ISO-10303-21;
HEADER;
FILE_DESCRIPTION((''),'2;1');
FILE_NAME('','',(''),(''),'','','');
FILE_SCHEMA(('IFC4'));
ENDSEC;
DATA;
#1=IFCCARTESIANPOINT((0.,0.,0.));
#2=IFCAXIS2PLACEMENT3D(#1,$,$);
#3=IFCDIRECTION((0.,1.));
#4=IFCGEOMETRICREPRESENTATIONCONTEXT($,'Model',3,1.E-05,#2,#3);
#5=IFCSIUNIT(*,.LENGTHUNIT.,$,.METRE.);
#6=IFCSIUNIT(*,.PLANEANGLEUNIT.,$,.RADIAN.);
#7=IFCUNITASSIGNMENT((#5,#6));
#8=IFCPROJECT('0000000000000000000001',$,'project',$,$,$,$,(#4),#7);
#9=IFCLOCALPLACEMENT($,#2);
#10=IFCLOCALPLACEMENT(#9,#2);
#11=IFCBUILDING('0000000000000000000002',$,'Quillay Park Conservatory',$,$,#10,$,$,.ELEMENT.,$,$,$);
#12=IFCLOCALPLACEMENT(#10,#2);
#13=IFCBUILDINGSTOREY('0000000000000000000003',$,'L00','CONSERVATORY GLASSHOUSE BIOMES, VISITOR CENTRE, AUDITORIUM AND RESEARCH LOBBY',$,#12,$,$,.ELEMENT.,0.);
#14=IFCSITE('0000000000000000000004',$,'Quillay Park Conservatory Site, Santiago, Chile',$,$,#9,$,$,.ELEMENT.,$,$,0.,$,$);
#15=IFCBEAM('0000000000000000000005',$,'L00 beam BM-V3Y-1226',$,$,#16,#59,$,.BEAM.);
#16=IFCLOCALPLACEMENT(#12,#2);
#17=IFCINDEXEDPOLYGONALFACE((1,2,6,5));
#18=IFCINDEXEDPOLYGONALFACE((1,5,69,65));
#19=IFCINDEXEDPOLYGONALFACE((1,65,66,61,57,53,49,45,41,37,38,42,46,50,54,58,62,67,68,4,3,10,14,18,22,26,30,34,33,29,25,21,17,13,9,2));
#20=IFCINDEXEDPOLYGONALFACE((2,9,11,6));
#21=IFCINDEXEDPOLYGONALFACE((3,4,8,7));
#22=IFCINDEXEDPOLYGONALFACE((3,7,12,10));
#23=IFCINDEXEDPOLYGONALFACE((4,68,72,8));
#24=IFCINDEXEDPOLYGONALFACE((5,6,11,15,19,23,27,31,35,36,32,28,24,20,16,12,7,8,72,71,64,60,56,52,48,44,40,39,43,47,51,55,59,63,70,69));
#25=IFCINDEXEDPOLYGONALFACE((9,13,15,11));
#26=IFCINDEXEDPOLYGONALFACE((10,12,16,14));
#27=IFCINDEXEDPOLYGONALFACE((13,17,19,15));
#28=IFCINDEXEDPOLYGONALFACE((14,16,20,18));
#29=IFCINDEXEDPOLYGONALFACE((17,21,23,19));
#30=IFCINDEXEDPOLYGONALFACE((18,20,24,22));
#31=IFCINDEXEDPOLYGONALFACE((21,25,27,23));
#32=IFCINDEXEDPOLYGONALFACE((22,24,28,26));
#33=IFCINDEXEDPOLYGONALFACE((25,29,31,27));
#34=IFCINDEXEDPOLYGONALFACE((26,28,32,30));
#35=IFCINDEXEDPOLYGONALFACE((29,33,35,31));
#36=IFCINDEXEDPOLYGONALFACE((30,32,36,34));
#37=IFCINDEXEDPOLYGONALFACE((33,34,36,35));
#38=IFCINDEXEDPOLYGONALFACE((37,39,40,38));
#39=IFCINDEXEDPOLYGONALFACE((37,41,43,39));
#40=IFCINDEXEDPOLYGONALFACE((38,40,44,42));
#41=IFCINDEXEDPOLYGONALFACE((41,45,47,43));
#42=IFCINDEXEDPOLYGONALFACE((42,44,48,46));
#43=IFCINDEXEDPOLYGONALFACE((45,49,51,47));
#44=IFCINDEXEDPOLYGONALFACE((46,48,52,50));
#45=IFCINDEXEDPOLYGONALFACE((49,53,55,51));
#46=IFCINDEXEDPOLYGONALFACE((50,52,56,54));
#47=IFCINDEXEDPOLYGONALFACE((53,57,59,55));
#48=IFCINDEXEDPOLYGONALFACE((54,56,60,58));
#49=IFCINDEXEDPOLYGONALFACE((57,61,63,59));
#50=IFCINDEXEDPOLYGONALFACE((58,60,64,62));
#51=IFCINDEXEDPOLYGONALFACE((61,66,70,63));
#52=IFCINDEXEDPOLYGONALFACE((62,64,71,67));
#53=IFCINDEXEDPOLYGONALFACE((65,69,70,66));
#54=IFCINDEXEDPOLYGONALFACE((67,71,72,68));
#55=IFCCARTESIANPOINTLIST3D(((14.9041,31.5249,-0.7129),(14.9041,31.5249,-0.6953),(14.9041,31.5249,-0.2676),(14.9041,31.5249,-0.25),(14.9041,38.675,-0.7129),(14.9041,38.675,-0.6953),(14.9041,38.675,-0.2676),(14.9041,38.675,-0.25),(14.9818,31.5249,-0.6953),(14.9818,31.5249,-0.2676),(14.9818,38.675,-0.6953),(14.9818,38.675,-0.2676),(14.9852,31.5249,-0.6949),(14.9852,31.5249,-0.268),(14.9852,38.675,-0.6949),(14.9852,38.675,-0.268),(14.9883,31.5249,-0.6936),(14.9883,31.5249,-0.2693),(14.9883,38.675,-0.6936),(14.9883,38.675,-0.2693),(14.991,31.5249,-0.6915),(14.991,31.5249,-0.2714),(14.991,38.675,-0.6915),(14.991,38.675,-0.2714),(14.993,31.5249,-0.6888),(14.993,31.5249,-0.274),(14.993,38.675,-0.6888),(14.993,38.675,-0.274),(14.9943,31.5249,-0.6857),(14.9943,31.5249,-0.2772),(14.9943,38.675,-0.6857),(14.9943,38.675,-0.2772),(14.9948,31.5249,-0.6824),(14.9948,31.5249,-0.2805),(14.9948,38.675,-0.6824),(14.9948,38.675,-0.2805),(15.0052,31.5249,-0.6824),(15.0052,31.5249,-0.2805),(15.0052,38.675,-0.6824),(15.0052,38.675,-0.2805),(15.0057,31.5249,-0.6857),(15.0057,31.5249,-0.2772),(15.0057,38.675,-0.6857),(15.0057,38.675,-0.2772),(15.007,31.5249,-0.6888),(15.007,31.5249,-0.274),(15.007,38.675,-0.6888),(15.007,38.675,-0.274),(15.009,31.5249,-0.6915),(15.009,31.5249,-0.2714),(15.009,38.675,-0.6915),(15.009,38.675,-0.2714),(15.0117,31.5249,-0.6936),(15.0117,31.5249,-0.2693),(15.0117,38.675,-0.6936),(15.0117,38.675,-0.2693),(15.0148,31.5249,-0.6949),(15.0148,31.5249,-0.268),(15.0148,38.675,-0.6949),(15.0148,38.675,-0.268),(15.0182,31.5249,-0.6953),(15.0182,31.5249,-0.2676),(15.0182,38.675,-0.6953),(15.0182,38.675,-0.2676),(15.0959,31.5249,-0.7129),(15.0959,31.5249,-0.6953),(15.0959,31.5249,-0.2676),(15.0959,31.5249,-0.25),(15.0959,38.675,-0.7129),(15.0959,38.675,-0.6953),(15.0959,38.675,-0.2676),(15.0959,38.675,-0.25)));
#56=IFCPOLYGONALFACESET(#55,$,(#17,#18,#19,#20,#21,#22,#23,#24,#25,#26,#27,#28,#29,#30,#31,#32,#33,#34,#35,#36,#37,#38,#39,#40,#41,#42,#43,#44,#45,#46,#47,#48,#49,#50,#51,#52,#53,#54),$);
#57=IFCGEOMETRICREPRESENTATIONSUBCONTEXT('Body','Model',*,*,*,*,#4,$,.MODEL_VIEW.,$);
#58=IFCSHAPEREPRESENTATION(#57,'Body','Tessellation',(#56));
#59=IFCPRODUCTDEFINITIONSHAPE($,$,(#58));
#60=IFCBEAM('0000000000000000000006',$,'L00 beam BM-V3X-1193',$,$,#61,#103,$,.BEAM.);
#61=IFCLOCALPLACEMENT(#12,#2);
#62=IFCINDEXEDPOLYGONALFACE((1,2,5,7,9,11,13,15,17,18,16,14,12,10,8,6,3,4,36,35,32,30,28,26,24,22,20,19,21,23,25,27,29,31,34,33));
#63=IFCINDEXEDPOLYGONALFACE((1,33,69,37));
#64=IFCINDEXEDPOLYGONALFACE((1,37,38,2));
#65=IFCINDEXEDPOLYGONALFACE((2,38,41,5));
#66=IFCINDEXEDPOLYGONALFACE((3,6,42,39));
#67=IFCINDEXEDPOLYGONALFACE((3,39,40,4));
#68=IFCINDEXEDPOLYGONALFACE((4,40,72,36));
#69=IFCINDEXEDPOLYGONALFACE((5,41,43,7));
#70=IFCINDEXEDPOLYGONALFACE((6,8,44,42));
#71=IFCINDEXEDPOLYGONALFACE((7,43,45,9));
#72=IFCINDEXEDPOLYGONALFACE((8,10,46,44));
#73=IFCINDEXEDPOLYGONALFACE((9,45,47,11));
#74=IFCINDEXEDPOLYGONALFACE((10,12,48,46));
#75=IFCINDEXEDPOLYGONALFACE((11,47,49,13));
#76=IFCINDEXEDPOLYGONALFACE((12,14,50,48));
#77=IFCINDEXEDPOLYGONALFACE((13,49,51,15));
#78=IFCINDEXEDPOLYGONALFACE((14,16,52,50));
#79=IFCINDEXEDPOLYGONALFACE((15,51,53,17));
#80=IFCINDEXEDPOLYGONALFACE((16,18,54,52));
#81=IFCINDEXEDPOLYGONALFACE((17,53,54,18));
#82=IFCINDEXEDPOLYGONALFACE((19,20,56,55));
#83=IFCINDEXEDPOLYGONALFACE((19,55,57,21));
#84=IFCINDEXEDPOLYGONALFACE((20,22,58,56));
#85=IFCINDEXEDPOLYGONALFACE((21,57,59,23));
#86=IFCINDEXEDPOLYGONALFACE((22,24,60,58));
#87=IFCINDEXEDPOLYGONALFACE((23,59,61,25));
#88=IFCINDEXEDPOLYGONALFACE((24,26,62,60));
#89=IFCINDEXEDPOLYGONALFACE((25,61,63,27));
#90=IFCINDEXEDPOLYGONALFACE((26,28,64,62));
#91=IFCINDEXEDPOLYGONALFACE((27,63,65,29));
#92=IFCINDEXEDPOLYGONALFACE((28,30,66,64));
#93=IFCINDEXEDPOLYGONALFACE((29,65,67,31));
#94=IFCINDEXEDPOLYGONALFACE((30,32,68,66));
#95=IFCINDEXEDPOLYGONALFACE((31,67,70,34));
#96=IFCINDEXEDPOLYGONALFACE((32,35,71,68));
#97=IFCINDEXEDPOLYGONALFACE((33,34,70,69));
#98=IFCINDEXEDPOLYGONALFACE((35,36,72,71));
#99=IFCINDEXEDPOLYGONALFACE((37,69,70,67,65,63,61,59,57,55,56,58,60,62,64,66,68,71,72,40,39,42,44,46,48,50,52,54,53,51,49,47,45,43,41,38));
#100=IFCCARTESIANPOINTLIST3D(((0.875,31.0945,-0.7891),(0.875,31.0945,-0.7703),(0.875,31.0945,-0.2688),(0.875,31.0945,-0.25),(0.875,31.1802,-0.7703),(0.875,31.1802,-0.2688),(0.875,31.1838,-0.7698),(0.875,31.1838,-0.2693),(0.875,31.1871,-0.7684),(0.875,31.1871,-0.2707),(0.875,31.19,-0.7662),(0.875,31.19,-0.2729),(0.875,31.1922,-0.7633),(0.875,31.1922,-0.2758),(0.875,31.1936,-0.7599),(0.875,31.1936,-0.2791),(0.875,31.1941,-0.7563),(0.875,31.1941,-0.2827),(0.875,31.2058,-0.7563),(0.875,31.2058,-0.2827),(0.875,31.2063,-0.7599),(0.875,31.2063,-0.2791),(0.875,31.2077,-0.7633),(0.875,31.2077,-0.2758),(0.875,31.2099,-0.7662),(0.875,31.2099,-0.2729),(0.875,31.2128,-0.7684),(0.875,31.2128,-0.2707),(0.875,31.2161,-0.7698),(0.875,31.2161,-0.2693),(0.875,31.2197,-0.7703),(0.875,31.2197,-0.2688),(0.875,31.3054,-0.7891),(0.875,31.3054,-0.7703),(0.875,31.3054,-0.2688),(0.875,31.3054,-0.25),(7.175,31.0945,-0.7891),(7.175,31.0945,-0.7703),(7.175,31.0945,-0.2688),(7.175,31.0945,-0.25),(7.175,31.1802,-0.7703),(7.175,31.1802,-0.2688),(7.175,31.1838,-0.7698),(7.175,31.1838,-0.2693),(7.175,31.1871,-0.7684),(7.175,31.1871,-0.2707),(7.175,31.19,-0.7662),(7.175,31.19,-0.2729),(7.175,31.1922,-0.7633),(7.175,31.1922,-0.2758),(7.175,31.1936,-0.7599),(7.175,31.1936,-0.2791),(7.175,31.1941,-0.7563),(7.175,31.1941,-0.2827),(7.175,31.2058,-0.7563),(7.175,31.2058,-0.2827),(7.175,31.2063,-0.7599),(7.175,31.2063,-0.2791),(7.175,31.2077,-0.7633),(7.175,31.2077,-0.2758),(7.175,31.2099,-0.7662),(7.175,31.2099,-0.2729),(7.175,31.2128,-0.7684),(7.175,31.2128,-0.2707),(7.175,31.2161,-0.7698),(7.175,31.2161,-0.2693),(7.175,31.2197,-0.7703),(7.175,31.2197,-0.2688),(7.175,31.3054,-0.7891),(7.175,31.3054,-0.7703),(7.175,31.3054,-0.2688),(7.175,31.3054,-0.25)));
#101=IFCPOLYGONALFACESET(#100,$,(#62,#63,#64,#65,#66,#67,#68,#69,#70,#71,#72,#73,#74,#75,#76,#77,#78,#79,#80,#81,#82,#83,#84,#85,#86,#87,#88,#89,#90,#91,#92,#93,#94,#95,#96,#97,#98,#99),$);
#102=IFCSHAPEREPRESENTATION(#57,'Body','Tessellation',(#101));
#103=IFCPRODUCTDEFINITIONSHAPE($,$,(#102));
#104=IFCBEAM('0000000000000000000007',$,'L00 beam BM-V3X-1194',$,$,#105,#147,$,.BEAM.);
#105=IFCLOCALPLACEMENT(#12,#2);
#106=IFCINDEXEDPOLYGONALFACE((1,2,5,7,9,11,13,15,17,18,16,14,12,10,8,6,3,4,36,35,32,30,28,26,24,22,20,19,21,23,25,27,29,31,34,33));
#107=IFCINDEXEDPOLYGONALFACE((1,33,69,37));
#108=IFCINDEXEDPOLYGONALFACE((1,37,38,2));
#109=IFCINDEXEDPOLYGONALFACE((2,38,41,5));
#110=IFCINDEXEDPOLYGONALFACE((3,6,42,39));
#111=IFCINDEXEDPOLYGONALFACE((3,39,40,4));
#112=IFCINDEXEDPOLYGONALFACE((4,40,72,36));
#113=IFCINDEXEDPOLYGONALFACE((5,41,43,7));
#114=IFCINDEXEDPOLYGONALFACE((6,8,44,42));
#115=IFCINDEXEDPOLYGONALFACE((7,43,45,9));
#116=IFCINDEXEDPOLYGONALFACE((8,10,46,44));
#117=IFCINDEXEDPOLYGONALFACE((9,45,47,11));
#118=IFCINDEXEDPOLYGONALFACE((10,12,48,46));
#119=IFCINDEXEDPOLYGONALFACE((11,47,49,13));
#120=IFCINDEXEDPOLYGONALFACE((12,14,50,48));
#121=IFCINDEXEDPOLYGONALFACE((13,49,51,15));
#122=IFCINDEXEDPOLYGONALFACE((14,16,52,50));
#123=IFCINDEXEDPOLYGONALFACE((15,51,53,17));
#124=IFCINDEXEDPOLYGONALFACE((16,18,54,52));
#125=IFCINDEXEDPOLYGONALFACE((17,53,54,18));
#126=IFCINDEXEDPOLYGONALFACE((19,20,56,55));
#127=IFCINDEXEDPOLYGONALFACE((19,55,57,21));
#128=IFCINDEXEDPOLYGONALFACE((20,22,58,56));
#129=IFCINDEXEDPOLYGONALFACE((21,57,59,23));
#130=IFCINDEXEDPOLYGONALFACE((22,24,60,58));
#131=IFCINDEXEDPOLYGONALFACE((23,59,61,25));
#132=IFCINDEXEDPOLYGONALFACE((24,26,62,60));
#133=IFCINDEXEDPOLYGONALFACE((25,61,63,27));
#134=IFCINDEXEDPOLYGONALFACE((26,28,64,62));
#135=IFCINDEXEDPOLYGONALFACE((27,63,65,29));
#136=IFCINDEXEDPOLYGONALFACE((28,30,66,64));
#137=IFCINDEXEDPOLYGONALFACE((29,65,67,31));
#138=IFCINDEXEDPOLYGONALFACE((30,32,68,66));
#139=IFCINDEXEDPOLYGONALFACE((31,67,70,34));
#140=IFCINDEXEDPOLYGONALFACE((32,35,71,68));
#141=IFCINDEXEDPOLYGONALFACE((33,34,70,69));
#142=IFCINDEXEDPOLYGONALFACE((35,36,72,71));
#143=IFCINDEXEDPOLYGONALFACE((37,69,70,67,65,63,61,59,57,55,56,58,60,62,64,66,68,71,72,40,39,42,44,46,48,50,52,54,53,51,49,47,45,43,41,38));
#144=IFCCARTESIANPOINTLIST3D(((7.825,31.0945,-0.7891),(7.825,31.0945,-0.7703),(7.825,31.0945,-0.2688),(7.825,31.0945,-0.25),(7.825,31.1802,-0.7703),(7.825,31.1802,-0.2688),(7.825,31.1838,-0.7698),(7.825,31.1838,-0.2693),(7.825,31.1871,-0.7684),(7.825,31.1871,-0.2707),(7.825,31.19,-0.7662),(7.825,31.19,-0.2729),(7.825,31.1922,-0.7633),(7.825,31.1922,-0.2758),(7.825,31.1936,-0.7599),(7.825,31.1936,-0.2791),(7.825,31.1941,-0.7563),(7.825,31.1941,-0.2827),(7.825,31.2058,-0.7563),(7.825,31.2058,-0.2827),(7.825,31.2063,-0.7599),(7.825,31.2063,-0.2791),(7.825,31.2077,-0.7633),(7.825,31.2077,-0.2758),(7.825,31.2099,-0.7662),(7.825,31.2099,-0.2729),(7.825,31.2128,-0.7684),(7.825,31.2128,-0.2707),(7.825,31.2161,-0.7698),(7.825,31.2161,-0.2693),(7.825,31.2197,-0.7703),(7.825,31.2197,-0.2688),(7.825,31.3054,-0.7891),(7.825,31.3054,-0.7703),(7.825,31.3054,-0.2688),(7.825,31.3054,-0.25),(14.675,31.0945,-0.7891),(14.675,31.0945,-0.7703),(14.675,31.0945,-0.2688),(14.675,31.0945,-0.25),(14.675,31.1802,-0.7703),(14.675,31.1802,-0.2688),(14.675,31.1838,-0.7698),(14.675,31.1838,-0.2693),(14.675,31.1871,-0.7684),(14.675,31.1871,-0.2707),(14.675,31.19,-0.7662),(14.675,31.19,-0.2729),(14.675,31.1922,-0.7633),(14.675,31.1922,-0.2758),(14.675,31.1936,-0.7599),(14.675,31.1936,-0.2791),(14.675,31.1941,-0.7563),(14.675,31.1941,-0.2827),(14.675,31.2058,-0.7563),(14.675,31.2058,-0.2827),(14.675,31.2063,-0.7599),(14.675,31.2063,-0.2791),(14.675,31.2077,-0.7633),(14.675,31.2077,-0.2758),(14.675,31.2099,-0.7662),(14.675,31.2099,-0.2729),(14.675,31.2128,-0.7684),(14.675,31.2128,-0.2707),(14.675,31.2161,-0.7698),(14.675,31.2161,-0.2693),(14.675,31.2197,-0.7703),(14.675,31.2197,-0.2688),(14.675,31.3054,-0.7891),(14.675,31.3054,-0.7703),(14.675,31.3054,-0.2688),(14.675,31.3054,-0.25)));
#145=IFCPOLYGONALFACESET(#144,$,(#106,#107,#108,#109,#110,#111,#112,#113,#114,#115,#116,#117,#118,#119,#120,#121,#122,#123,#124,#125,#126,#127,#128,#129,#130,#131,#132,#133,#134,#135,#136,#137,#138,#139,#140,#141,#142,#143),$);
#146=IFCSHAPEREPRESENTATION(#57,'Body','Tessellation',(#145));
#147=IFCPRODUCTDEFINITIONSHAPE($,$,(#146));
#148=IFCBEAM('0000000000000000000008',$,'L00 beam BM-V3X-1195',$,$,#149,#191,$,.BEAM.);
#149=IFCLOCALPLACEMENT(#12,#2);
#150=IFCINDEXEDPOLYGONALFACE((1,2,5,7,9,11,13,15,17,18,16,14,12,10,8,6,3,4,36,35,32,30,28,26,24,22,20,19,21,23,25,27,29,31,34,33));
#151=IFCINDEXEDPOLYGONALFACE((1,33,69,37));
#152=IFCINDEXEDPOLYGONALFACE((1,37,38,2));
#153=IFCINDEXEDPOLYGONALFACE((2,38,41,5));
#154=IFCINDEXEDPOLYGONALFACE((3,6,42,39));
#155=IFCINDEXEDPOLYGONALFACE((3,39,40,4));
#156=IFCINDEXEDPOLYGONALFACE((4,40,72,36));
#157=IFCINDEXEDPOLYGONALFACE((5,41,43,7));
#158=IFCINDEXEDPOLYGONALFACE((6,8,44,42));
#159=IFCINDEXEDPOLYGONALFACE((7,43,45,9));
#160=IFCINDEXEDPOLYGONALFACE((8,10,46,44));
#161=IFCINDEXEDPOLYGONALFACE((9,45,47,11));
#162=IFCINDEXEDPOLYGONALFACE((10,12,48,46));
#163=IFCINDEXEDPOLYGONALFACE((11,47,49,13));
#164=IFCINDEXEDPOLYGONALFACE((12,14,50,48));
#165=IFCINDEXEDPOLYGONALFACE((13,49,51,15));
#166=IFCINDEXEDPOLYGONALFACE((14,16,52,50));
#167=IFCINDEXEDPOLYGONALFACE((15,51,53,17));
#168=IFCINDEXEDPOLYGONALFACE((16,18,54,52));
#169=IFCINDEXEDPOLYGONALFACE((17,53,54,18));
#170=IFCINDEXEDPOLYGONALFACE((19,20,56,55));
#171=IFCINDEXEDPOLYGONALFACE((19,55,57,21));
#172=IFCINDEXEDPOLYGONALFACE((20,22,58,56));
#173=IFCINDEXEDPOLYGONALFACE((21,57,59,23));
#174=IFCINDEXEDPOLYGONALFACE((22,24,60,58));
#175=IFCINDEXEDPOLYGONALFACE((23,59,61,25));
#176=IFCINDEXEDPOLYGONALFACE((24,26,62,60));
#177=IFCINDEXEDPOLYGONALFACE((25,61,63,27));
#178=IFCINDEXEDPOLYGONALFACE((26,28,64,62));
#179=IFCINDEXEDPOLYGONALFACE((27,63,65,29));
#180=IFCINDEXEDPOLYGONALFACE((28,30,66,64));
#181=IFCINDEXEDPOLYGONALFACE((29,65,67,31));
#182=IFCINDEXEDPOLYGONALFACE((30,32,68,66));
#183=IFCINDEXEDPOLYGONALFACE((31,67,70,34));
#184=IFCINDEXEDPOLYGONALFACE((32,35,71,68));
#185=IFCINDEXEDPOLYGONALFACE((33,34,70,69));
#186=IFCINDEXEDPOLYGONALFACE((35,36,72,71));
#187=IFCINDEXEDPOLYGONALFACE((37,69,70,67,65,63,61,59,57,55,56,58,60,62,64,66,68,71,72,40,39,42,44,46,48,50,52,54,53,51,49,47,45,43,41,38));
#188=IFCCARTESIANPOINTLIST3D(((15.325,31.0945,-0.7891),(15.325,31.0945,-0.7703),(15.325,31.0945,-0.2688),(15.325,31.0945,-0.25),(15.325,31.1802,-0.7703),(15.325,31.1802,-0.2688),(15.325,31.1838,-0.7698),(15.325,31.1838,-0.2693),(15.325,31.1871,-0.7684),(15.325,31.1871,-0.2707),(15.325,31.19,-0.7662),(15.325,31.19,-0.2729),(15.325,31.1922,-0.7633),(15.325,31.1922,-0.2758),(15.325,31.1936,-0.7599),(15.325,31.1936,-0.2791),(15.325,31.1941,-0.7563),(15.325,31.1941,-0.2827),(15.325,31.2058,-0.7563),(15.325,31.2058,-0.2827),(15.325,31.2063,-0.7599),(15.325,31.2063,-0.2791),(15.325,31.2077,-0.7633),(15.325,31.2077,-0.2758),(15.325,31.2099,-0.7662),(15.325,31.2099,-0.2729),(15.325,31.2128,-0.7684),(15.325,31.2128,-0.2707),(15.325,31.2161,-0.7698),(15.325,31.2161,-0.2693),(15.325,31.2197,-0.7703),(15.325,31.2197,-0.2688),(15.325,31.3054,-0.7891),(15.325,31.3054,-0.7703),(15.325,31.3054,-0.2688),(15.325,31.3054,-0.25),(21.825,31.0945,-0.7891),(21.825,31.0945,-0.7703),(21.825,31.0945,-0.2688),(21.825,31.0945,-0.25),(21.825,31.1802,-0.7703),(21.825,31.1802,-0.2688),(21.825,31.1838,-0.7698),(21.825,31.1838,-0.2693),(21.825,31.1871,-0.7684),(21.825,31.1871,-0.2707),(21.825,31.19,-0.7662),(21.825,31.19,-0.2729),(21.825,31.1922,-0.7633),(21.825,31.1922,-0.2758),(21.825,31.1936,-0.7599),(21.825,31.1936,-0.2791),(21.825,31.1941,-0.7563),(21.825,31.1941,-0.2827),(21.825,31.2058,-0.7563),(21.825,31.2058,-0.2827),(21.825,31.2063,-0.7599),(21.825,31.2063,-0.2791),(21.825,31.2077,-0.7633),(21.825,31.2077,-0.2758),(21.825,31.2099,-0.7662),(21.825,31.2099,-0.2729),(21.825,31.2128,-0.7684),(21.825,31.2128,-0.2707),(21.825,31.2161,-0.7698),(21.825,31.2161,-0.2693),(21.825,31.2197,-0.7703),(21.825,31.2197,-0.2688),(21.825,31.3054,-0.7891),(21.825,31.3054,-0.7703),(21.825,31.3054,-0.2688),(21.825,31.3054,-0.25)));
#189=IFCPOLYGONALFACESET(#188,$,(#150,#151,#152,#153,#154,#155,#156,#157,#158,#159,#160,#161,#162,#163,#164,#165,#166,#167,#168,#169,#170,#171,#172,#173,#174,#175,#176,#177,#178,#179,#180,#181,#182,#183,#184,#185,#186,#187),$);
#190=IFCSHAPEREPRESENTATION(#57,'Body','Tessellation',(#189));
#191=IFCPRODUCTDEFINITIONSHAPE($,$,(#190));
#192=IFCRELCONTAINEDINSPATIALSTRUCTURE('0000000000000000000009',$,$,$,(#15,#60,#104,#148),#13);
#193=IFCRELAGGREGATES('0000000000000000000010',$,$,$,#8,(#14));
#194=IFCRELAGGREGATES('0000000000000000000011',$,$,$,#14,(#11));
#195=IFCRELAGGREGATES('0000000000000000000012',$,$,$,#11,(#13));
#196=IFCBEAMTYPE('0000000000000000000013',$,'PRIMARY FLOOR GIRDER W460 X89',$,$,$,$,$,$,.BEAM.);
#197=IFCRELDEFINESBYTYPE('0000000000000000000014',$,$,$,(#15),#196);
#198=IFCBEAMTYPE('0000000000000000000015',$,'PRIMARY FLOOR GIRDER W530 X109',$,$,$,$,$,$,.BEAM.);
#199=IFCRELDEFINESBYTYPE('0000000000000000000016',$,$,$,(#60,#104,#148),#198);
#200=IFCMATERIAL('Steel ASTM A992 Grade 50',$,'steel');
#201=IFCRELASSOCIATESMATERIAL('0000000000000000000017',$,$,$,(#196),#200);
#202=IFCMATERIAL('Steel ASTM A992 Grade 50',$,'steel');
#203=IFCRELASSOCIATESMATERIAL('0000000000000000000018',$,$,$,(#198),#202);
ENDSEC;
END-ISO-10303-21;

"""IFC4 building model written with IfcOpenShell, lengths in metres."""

from ifc_helpers import new_model, si_unit, direction, frame, origin, origin_2d, place, context, subcontext, project, spatial, i_section, extrude, material, material_profile, profile_set, type_object, element, save


model = new_model("IFC4")

# Units and contexts
model_context = context("Model", 3, precision=1e-05, world=origin(), true_north=direction((0.0, 1.0)))
body_context = subcontext(model_context, "Body", "Model", "MODEL_VIEW")
ifc_project = project(units=[si_unit("LENGTHUNIT", "METRE"), si_unit("PLANEANGLEUNIT", "RADIAN")], contexts=[model_context])

# Site, building, storey
site_placement = place(None, origin())
site = spatial("IfcSite", under=ifc_project, at=site_placement, Name="Quillay Park Conservatory Site, Santiago, Chile", CompositionType="ELEMENT", RefElevation=0.0)
building_placement = place(site_placement, origin())
building = spatial("IfcBuilding", under=site, at=building_placement, Name="Quillay Park Conservatory", CompositionType="ELEMENT")
storey_placement = place(building_placement, origin())
storey = spatial("IfcBuildingStorey", under=building, at=storey_placement, Name="L00", Description="CONSERVATORY GLASSHOUSE BIOMES, VISITOR CENTRE, AUDITORIUM AND RESEARCH LOBBY", CompositionType="ELEMENT", Elevation=0.0)

# Beams
ifc_material_1 = material(Name="Steel ASTM A992 Grade 50", Category="steel")
ifc_material_profile_1 = material_profile(ifc_material_1, i_section(OverallWidth=0.1919, OverallDepth=0.4629, WebThickness=0.0105, FlangeThickness=0.0176, FilletRadius=0.0129, at=origin_2d()), Name="W460x89")
ifc_profile_set_1 = profile_set([ifc_material_profile_1], Name="Steel ASTM A992 Grade 50")
beam_type_1 = type_object("IfcBeamType", Name="PRIMARY FLOOR GIRDER W460 X89", PredefinedType="BEAM", material=ifc_profile_set_1)
for number, where, z_axis, x_axis, name in (
    (1, (15.0, 31.5249, -0.4814), (0.0, 1.0, 0.0), (-1.0, 0.0, 0.0), "L00 beam BM-V3Y-1226"),
):
    element("IfcBeam", number, at=place(storey_placement, frame(where, z_axis=z_axis, x_axis=x_axis)), inside=storey, type_object=beam_type_1, Name=name, PredefinedType="BEAM", context=body_context, shape_type="SweptSolid", body=[
        extrude(i_section(OverallWidth=0.1919, OverallDepth=0.4629, WebThickness=0.0105, FlangeThickness=0.0176, FilletRadius=0.0129, at=origin_2d()), origin(), (0.0, 0.0, 1.0), 7.1501),
    ])
ifc_material_2 = material(Name="Steel ASTM A992 Grade 50", Category="steel")
ifc_material_profile_2 = material_profile(ifc_material_2, i_section(OverallWidth=0.2109, OverallDepth=0.5391, WebThickness=0.0117, FlangeThickness=0.0188, FilletRadius=0.0139, at=origin_2d()), Name="W530x109")
ifc_profile_set_2 = profile_set([ifc_material_profile_2], Name="Steel ASTM A992 Grade 50")
beam_type_2 = type_object("IfcBeamType", Name="PRIMARY FLOOR GIRDER W530 X109", PredefinedType="BEAM", material=ifc_profile_set_2)
beam_1_placement = place(storey_placement, frame((0.875, 31.2, -0.5195), z_axis=(1.0, 0.0, 0.0), x_axis=(0.0, 1.0, 0.0)))
element("IfcBeam", 2, at=beam_1_placement, inside=storey, type_object=beam_type_2, Name="L00 beam BM-V3X-1193", PredefinedType="BEAM", context=body_context, shape_type="SweptSolid", body=[
    extrude(i_section(OverallWidth=0.2109, OverallDepth=0.5391, WebThickness=0.0117, FlangeThickness=0.0188, FilletRadius=0.0139, at=origin_2d()), origin(), (0.0, 0.0, 1.0), 6.3),
])
beam_2_placement = place(storey_placement, frame((7.825, 31.2, -0.5195), z_axis=(1.0, 0.0, 0.0), x_axis=(0.0, 1.0, 0.0)))
element("IfcBeam", 3, at=beam_2_placement, inside=storey, type_object=beam_type_2, Name="L00 beam BM-V3X-1194", PredefinedType="BEAM", context=body_context, shape_type="SweptSolid", body=[
    extrude(i_section(OverallWidth=0.2109, OverallDepth=0.5391, WebThickness=0.0117, FlangeThickness=0.0188, FilletRadius=0.0139, at=origin_2d()), origin(), (0.0, 0.0, 1.0), 6.8501),
])
beam_3_placement = place(storey_placement, frame((15.325, 31.2, -0.5195), z_axis=(1.0, 0.0, 0.0), x_axis=(0.0, 1.0, 0.0)))
element("IfcBeam", 4, at=beam_3_placement, inside=storey, type_object=beam_type_2, Name="L00 beam BM-V3X-1195", PredefinedType="BEAM", context=body_context, shape_type="SweptSolid", body=[
    extrude(i_section(OverallWidth=0.2109, OverallDepth=0.5391, WebThickness=0.0117, FlangeThickness=0.0188, FilletRadius=0.0139, at=origin_2d()), origin(), (0.0, 0.0, 1.0), 6.5),
])

save(model, "model.ifc")
